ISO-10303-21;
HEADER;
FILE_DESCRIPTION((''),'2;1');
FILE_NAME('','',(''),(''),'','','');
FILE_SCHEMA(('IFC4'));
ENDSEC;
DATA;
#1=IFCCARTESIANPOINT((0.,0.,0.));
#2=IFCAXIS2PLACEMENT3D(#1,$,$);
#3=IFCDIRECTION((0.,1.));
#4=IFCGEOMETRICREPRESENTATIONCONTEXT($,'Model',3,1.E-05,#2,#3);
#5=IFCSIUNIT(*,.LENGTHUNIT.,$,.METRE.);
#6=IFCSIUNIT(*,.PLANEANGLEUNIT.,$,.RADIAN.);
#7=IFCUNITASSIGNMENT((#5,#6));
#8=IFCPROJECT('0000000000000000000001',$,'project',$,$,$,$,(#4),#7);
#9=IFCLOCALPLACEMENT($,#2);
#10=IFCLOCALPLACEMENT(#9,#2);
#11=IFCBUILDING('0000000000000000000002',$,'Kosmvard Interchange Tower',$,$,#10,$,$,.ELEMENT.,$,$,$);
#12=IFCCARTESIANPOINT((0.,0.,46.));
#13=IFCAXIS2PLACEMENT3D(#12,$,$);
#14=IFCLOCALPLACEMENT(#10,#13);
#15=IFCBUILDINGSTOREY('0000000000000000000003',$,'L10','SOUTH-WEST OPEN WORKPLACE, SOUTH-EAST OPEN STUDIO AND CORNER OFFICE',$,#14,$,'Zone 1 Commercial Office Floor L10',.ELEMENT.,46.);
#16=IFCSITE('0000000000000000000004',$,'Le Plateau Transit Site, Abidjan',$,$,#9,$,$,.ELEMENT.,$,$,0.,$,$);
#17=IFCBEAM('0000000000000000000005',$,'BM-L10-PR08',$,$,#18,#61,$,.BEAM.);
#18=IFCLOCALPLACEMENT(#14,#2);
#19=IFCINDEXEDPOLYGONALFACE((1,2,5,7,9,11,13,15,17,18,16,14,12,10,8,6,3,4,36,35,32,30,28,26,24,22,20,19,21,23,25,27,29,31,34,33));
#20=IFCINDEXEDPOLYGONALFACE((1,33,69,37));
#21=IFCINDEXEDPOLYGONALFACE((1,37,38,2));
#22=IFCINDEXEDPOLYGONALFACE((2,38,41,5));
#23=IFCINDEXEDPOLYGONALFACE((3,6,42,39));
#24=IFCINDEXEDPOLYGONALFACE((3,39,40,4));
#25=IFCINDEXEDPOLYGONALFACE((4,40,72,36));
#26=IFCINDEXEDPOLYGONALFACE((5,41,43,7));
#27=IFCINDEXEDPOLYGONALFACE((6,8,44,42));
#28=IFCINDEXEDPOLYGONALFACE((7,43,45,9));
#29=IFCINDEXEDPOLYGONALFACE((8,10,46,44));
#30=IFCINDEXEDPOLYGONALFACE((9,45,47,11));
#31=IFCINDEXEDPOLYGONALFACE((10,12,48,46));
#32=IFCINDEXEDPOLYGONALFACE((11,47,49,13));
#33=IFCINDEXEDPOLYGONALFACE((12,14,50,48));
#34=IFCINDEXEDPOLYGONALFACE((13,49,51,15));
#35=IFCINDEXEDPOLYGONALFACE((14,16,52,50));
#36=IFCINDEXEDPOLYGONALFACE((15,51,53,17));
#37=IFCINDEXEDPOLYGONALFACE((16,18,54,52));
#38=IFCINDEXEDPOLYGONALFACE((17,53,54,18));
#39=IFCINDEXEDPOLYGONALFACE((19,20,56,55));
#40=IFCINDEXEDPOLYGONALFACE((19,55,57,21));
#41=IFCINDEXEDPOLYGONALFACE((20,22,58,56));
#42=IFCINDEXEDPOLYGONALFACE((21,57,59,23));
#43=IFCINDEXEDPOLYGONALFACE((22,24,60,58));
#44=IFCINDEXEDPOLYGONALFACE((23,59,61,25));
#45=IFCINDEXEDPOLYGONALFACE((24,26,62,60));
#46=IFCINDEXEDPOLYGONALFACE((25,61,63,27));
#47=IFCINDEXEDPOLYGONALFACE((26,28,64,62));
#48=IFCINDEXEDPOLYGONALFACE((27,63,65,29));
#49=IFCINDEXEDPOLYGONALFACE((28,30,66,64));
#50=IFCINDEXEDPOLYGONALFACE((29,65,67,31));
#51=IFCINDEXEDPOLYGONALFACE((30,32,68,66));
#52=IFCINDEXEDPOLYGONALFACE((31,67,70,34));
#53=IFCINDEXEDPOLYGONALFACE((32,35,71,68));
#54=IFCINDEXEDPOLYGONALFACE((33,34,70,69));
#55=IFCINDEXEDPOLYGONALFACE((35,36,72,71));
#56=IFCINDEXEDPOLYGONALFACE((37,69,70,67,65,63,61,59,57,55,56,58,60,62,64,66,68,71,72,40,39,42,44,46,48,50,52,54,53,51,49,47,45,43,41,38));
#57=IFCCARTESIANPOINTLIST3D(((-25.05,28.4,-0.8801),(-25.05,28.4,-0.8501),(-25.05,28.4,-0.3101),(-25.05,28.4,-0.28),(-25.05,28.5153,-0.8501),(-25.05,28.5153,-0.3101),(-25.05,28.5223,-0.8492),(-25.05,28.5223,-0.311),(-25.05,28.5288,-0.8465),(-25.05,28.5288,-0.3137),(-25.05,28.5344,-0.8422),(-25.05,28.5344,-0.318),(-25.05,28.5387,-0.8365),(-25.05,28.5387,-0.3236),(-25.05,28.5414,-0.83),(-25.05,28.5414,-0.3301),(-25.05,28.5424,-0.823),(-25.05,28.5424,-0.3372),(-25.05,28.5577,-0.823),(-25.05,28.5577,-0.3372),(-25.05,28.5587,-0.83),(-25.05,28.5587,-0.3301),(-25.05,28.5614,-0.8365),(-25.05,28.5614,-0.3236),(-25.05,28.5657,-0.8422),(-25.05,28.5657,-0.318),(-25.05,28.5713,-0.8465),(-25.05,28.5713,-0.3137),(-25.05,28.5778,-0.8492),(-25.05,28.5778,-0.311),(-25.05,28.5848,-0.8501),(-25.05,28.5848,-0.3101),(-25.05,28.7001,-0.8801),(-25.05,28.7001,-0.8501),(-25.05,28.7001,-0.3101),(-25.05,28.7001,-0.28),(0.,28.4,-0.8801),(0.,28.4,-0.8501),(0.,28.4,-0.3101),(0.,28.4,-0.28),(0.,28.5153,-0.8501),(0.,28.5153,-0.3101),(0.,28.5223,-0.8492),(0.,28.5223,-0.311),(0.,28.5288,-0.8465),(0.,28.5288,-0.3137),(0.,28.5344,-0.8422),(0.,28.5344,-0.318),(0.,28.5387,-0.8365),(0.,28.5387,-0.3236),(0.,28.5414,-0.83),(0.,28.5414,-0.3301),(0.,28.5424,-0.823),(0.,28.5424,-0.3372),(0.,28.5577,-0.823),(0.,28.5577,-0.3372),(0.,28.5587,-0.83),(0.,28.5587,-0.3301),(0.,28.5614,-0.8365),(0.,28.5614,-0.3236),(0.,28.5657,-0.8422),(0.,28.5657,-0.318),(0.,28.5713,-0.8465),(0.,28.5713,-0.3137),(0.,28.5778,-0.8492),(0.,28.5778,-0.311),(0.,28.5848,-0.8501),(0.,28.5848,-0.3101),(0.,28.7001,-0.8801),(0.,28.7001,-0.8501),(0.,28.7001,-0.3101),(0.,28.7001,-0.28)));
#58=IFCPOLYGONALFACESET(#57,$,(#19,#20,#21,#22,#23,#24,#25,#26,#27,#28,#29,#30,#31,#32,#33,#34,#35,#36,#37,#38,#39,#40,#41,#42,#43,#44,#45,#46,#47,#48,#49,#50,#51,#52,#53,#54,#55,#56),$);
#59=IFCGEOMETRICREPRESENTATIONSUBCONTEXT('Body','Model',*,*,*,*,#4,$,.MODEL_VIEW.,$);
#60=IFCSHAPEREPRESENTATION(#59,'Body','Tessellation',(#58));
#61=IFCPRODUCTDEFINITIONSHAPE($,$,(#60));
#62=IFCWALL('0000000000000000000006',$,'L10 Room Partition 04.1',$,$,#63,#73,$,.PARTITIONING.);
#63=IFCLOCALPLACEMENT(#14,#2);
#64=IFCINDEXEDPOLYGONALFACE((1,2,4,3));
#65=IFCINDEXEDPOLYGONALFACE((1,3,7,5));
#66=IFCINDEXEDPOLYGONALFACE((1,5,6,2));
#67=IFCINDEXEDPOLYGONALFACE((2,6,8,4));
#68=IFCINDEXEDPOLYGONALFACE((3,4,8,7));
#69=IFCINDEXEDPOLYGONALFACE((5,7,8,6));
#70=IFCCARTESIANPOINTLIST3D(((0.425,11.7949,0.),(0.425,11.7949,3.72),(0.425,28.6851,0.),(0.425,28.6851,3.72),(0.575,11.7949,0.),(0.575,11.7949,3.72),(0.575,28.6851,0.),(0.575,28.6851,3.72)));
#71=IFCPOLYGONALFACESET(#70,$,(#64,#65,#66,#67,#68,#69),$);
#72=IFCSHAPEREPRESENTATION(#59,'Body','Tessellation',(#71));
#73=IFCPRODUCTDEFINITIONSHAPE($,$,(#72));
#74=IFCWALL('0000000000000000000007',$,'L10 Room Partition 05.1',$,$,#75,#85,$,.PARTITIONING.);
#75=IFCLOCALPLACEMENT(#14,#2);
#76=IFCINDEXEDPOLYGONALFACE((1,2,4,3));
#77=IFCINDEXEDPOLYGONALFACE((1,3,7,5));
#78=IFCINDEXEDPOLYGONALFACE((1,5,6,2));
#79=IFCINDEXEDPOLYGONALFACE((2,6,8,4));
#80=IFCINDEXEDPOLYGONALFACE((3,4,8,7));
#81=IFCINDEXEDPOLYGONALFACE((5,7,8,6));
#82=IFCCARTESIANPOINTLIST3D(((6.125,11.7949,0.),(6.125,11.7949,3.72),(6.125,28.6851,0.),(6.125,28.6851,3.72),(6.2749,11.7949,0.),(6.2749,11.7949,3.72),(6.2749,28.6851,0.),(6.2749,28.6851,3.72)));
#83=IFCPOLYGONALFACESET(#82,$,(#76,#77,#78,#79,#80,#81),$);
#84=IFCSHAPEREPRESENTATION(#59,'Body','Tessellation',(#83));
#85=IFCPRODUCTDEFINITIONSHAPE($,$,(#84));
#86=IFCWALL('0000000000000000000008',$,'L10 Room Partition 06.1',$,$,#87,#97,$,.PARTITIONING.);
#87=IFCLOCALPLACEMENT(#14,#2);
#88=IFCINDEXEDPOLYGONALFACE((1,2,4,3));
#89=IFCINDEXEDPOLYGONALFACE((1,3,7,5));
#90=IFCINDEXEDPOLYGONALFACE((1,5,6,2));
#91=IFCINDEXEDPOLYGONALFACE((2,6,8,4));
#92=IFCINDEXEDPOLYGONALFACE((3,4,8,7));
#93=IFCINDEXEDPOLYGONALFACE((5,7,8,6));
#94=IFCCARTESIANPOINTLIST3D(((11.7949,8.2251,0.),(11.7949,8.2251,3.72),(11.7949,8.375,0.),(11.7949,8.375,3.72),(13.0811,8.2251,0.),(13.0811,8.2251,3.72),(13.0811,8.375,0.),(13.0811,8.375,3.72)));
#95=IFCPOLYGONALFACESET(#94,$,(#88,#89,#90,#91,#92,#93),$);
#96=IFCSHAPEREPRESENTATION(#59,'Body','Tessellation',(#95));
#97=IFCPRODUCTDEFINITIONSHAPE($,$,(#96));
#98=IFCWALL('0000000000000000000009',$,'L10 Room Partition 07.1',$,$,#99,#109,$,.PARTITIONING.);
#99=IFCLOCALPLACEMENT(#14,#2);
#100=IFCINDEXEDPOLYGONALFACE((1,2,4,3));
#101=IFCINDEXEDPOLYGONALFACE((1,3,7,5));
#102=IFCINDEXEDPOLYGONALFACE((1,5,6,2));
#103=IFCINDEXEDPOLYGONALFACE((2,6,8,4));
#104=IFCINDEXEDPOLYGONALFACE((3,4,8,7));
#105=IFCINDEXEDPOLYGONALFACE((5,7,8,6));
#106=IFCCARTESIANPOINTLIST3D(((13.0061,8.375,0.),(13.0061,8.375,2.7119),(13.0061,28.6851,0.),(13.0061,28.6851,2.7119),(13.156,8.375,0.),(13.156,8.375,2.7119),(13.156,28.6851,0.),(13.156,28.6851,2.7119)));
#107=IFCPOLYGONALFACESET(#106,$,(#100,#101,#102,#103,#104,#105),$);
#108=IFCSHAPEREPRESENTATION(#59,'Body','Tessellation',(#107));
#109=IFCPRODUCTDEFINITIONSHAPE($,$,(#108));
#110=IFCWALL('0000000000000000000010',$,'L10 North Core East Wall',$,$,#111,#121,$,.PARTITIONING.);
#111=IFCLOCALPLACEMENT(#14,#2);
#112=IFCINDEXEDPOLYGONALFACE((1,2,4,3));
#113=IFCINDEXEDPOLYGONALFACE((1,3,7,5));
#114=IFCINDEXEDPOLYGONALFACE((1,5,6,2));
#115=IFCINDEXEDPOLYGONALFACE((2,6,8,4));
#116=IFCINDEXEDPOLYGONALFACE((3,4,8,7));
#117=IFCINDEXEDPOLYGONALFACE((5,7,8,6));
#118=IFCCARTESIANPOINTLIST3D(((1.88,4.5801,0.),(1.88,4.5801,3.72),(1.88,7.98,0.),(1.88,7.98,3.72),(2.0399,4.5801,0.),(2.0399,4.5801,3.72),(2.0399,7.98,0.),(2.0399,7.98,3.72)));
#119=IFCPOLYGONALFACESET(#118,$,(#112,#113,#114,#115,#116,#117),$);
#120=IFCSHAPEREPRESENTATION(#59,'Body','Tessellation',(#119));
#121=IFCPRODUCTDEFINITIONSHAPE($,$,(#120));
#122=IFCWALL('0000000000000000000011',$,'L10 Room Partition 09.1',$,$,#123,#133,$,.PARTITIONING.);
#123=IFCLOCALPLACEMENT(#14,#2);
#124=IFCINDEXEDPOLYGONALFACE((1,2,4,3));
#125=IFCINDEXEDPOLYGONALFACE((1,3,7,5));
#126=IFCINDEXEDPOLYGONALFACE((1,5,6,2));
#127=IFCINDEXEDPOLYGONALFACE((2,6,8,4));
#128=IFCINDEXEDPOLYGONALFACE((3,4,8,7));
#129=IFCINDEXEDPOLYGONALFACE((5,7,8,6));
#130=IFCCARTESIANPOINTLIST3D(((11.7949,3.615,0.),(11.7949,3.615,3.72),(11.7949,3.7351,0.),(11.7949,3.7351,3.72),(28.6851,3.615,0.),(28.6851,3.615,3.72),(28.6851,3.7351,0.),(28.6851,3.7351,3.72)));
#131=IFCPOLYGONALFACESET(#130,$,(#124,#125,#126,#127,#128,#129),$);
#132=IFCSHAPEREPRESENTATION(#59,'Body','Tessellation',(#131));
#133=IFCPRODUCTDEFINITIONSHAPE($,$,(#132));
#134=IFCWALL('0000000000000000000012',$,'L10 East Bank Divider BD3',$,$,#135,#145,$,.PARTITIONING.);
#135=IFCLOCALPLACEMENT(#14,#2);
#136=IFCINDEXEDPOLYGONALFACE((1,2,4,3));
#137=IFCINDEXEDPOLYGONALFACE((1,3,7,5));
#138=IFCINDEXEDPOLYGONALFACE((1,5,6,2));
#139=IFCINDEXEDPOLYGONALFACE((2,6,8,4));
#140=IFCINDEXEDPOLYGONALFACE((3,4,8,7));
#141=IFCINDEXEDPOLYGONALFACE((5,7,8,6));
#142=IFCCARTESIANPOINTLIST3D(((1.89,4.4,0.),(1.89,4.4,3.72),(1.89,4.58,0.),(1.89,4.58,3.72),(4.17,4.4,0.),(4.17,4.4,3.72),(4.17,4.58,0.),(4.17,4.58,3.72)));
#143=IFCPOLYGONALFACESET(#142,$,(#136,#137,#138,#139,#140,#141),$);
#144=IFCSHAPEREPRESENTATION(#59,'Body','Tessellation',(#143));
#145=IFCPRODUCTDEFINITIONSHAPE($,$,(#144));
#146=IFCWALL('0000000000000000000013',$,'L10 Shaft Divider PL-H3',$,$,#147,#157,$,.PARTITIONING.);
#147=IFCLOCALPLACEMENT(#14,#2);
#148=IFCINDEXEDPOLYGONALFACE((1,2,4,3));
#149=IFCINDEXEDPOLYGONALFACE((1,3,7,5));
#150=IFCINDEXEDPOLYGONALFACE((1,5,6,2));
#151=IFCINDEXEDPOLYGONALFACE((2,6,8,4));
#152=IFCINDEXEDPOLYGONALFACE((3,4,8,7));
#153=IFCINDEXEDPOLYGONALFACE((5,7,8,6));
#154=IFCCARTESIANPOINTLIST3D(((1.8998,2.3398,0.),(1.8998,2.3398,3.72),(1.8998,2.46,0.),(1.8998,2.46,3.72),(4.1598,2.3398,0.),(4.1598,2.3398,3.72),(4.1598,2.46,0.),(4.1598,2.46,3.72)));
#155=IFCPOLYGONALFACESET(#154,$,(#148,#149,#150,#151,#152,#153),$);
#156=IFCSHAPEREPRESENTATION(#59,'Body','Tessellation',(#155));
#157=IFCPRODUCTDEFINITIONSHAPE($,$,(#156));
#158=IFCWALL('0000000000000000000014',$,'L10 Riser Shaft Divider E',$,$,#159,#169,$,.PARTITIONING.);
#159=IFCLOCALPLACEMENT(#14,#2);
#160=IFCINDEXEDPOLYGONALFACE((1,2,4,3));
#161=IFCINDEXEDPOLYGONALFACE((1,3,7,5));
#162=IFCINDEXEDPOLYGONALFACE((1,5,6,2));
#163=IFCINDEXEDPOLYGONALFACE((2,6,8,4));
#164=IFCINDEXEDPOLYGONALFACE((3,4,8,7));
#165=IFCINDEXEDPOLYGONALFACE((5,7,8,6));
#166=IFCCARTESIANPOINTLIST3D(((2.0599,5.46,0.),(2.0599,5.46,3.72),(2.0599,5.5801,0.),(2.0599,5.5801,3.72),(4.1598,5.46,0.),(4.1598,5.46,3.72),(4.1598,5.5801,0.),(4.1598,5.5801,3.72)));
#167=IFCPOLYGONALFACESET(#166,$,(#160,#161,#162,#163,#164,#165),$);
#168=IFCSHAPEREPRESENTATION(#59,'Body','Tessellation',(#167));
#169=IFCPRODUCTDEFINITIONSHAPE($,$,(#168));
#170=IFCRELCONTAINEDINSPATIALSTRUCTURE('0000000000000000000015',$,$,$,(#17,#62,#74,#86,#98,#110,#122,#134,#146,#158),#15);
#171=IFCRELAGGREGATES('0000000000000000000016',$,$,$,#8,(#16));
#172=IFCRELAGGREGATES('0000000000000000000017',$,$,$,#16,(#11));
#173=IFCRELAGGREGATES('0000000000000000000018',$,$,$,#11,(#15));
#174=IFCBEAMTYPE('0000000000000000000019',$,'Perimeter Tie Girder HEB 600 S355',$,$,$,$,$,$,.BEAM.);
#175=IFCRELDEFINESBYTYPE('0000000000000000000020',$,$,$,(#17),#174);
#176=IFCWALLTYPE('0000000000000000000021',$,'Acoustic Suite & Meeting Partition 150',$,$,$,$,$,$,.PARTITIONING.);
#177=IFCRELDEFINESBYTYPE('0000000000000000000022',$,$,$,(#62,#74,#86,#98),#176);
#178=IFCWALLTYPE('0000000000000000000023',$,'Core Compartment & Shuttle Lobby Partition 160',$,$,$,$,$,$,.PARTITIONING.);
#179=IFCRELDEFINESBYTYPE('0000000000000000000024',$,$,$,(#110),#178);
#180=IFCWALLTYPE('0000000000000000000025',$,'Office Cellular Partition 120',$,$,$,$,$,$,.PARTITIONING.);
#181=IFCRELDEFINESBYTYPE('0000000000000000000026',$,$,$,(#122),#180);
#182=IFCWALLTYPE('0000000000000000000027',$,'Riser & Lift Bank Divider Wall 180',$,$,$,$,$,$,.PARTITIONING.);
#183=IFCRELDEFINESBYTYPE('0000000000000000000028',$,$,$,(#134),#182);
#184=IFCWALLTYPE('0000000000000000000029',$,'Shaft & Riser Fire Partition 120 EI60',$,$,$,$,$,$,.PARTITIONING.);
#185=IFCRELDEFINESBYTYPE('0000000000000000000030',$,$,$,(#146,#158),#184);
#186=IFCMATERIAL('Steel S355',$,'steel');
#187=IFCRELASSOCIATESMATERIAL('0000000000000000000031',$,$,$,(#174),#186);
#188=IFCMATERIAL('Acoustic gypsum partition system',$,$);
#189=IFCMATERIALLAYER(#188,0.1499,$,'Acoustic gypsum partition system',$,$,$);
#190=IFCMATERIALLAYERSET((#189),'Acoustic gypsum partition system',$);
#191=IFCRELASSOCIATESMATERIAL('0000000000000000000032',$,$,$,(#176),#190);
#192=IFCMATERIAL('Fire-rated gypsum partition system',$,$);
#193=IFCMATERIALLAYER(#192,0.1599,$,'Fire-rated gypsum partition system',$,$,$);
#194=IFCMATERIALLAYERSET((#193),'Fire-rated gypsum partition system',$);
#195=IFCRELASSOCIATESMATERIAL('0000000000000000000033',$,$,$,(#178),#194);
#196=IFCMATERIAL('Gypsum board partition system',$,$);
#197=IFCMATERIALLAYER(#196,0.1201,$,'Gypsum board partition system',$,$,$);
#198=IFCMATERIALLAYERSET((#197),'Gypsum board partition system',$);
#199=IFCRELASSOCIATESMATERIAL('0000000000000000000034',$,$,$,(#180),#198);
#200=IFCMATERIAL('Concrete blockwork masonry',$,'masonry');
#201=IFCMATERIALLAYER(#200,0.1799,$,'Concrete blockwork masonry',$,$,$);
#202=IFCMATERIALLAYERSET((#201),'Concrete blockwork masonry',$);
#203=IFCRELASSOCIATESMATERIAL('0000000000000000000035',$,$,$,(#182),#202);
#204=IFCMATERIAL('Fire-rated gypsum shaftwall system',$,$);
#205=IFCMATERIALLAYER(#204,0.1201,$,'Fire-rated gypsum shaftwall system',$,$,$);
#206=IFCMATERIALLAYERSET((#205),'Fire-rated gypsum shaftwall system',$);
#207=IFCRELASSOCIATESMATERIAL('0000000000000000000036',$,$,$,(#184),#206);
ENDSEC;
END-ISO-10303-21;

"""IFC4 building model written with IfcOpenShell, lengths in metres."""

from ifc_helpers import new_model, si_unit, direction, frame, frame_2d, origin, origin_2d, place, context, subcontext, project, spatial, rectangle, i_section, extrude, source, transform, mapped, material, layer, layer_set, material_profile, profile_set, type_object, element, save


model = new_model("IFC4")

# Units and contexts
model_context = context("Model", 3, precision=1e-05, world=origin(), true_north=direction((0.0, 1.0)))
body_context = subcontext(model_context, "Body", "Model", "MODEL_VIEW")
ifc_project = project(units=[si_unit("LENGTHUNIT", "METRE"), si_unit("PLANEANGLEUNIT", "RADIAN")], contexts=[model_context])

# Site, building, storey
site_placement = place(None, origin())
site = spatial("IfcSite", under=ifc_project, at=site_placement, Name="Le Plateau Transit Site, Abidjan", CompositionType="ELEMENT", RefElevation=0.0)
building_placement = place(site_placement, origin())
building = spatial("IfcBuilding", under=site, at=building_placement, Name="Kosmvard Interchange Tower", CompositionType="ELEMENT")
storey_placement = place(building_placement, frame((0.0, 0.0, 46.0)))
storey = spatial("IfcBuildingStorey", under=building, at=storey_placement, Name="L10", Description="SOUTH-WEST OPEN WORKPLACE, SOUTH-EAST OPEN STUDIO AND CORNER OFFICE", LongName="Zone 1 Commercial Office Floor L10", CompositionType="ELEMENT", Elevation=46.0)

# Beam
ifc_material_1 = material(Name="Steel S355", Category="steel")
ifc_material_profile_1 = material_profile(ifc_material_1, i_section(OverallWidth=0.3, OverallDepth=0.6001, WebThickness=0.0154, FlangeThickness=0.03, FilletRadius=0.0271, at=origin_2d()), Name="HEB 600")
ifc_profile_set_1 = profile_set([ifc_material_profile_1], Name="Steel S355")
beam_type_1 = type_object("IfcBeamType", Name="Perimeter Tie Girder HEB 600 S355", PredefinedType="BEAM", material=ifc_profile_set_1)
shared_shape_1 = source(origin(), body_context, "Body", "SweptSolid", [
    extrude(i_section(OverallWidth=0.3, OverallDepth=0.6001, WebThickness=0.0154, FlangeThickness=0.03, FilletRadius=0.0271, at=origin_2d()), origin(), (0.0, 0.0, 1.0), 25.05),
])
beam_1_placement = place(storey_placement, frame((0.0, 28.55, -0.5801), z_axis=(-1.0, 0.0, 0.0), x_axis=(0.0, -1.0, 0.0)))
element("IfcBeam", 1, at=beam_1_placement, inside=storey, type_object=beam_type_1, Name="BM-L10-PR08", PredefinedType="BEAM", context=body_context, shape_type="MappedRepresentation", body=[
    mapped(shared_shape_1, transform((0.0, 0.0, 0.0), scale=1.0)),
])

# Walls
ifc_material_2 = material(Name="Acoustic gypsum partition system")
ifc_layer_1 = layer(ifc_material_2, 0.1499, Name="Acoustic gypsum partition system")
ifc_layer_set_1 = layer_set([ifc_layer_1], Name="Acoustic gypsum partition system")
wall_type_1 = type_object("IfcWallType", Name="Acoustic Suite & Meeting Partition 150", PredefinedType="PARTITIONING", material=ifc_layer_set_1)
for number, where, z_axis, x_axis, name in (
    (2, (0.5, 11.7949, 0.0), (0.0, 0.0, 1.0), (0.0, 1.0, 0.0), "L10 Room Partition 04.1"),
    (3, (6.2, 11.7949, 0.0), (0.0, 0.0, 1.0), (0.0, 1.0, 0.0), "L10 Room Partition 05.1"),
):
    element("IfcWall", number, at=place(storey_placement, frame(where, z_axis=z_axis, x_axis=x_axis)), inside=storey, type_object=wall_type_1, Name=name, PredefinedType="PARTITIONING", context=body_context, shape_type="SweptSolid", body=[
        extrude(rectangle(XDim=16.8901, YDim=0.1499, at=frame_2d((8.4451, 0.0))), origin(), (0.0, 0.0, 1.0), 3.72),
    ])
wall_1_placement = place(storey_placement, frame((11.7949, 8.3, 0.0), z_axis=(0.0, 0.0, 1.0), x_axis=(1.0, 0.0, 0.0)))
element("IfcWall", 4, at=wall_1_placement, inside=storey, type_object=wall_type_1, Name="L10 Room Partition 06.1", PredefinedType="PARTITIONING", context=body_context, shape_type="SweptSolid", body=[
    extrude(rectangle(XDim=1.2861, YDim=0.1499, at=frame_2d((0.6431, 0.0))), origin(), (0.0, 0.0, 1.0), 3.72),
])
wall_2_placement = place(storey_placement, frame((13.0811, 8.375, 0.0), z_axis=(0.0, 0.0, 1.0), x_axis=(0.0, 1.0, 0.0)))
element("IfcWall", 5, at=wall_2_placement, inside=storey, type_object=wall_type_1, Name="L10 Room Partition 07.1", PredefinedType="PARTITIONING", context=body_context, shape_type="SweptSolid", body=[
    extrude(rectangle(XDim=20.3101, YDim=0.1499, at=frame_2d((10.155, 0.0))), origin(), (0.0, 0.0, 1.0), 2.7119),
])
ifc_material_3 = material(Name="Fire-rated gypsum partition system")
ifc_layer_2 = layer(ifc_material_3, 0.1599, Name="Fire-rated gypsum partition system")
ifc_layer_set_2 = layer_set([ifc_layer_2], Name="Fire-rated gypsum partition system")
wall_type_2 = type_object("IfcWallType", Name="Core Compartment & Shuttle Lobby Partition 160", PredefinedType="PARTITIONING", material=ifc_layer_set_2)
wall_3_placement = place(storey_placement, frame((1.96, 4.5801, 0.0), z_axis=(0.0, 0.0, 1.0), x_axis=(0.0, 1.0, 0.0)))
element("IfcWall", 6, at=wall_3_placement, inside=storey, type_object=wall_type_2, Name="L10 North Core East Wall", PredefinedType="PARTITIONING", context=body_context, shape_type="SweptSolid", body=[
    extrude(rectangle(XDim=3.3999, YDim=0.1599, at=frame_2d((1.7, 0.0))), origin(), (0.0, 0.0, 1.0), 3.72),
])
ifc_material_4 = material(Name="Gypsum board partition system")
ifc_layer_3 = layer(ifc_material_4, 0.1201, Name="Gypsum board partition system")
ifc_layer_set_3 = layer_set([ifc_layer_3], Name="Gypsum board partition system")
wall_type_3 = type_object("IfcWallType", Name="Office Cellular Partition 120", PredefinedType="PARTITIONING", material=ifc_layer_set_3)
wall_4_placement = place(storey_placement, frame((11.7949, 3.675, 0.0), z_axis=(0.0, 0.0, 1.0), x_axis=(1.0, 0.0, 0.0)))
element("IfcWall", 7, at=wall_4_placement, inside=storey, type_object=wall_type_3, Name="L10 Room Partition 09.1", PredefinedType="PARTITIONING", context=body_context, shape_type="SweptSolid", body=[
    extrude(rectangle(XDim=16.8901, YDim=0.1201, at=frame_2d((8.4451, 0.0))), origin(), (0.0, 0.0, 1.0), 3.72),
])
ifc_material_5 = material(Name="Concrete blockwork masonry", Category="masonry")
ifc_layer_4 = layer(ifc_material_5, 0.1799, Name="Concrete blockwork masonry")
ifc_layer_set_4 = layer_set([ifc_layer_4], Name="Concrete blockwork masonry")
wall_type_4 = type_object("IfcWallType", Name="Riser & Lift Bank Divider Wall 180", PredefinedType="PARTITIONING", material=ifc_layer_set_4)
wall_5_placement = place(storey_placement, frame((1.8899, 4.49, 0.0), z_axis=(0.0, 0.0, 1.0), x_axis=(1.0, 0.0, 0.0)))
element("IfcWall", 8, at=wall_5_placement, inside=storey, type_object=wall_type_4, Name="L10 East Bank Divider BD3", PredefinedType="PARTITIONING", context=body_context, shape_type="SweptSolid", body=[
    extrude(rectangle(XDim=2.28, YDim=0.1799, at=frame_2d((1.1401, 0.0))), origin(), (0.0, 0.0, 1.0), 3.72),
])
ifc_material_6 = material(Name="Fire-rated gypsum shaftwall system")
ifc_layer_5 = layer(ifc_material_6, 0.1201, Name="Fire-rated gypsum shaftwall system")
ifc_layer_set_5 = layer_set([ifc_layer_5], Name="Fire-rated gypsum shaftwall system")
wall_type_5 = type_object("IfcWallType", Name="Shaft & Riser Fire Partition 120 EI60", PredefinedType="PARTITIONING", material=ifc_layer_set_5)
wall_6_placement = place(storey_placement, frame((1.8999, 2.3999, 0.0), z_axis=(0.0, 0.0, 1.0), x_axis=(1.0, 0.0, 0.0)))
element("IfcWall", 9, at=wall_6_placement, inside=storey, type_object=wall_type_5, Name="L10 Shaft Divider PL-H3", PredefinedType="PARTITIONING", context=body_context, shape_type="SweptSolid", body=[
    extrude(rectangle(XDim=2.26, YDim=0.1201, at=frame_2d((1.1299, 0.0))), origin(), (0.0, 0.0, 1.0), 3.72),
])
wall_7_placement = place(storey_placement, frame((2.0601, 5.52, 0.0), z_axis=(0.0, 0.0, 1.0), x_axis=(1.0, 0.0, 0.0)))
element("IfcWall", 10, at=wall_7_placement, inside=storey, type_object=wall_type_5, Name="L10 Riser Shaft Divider E", PredefinedType="PARTITIONING", context=body_context, shape_type="SweptSolid", body=[
    extrude(rectangle(XDim=2.0999, YDim=0.1201, at=frame_2d((1.0498, 0.0))), origin(), (0.0, 0.0, 1.0), 3.72),
])

save(model, "model.ifc")
